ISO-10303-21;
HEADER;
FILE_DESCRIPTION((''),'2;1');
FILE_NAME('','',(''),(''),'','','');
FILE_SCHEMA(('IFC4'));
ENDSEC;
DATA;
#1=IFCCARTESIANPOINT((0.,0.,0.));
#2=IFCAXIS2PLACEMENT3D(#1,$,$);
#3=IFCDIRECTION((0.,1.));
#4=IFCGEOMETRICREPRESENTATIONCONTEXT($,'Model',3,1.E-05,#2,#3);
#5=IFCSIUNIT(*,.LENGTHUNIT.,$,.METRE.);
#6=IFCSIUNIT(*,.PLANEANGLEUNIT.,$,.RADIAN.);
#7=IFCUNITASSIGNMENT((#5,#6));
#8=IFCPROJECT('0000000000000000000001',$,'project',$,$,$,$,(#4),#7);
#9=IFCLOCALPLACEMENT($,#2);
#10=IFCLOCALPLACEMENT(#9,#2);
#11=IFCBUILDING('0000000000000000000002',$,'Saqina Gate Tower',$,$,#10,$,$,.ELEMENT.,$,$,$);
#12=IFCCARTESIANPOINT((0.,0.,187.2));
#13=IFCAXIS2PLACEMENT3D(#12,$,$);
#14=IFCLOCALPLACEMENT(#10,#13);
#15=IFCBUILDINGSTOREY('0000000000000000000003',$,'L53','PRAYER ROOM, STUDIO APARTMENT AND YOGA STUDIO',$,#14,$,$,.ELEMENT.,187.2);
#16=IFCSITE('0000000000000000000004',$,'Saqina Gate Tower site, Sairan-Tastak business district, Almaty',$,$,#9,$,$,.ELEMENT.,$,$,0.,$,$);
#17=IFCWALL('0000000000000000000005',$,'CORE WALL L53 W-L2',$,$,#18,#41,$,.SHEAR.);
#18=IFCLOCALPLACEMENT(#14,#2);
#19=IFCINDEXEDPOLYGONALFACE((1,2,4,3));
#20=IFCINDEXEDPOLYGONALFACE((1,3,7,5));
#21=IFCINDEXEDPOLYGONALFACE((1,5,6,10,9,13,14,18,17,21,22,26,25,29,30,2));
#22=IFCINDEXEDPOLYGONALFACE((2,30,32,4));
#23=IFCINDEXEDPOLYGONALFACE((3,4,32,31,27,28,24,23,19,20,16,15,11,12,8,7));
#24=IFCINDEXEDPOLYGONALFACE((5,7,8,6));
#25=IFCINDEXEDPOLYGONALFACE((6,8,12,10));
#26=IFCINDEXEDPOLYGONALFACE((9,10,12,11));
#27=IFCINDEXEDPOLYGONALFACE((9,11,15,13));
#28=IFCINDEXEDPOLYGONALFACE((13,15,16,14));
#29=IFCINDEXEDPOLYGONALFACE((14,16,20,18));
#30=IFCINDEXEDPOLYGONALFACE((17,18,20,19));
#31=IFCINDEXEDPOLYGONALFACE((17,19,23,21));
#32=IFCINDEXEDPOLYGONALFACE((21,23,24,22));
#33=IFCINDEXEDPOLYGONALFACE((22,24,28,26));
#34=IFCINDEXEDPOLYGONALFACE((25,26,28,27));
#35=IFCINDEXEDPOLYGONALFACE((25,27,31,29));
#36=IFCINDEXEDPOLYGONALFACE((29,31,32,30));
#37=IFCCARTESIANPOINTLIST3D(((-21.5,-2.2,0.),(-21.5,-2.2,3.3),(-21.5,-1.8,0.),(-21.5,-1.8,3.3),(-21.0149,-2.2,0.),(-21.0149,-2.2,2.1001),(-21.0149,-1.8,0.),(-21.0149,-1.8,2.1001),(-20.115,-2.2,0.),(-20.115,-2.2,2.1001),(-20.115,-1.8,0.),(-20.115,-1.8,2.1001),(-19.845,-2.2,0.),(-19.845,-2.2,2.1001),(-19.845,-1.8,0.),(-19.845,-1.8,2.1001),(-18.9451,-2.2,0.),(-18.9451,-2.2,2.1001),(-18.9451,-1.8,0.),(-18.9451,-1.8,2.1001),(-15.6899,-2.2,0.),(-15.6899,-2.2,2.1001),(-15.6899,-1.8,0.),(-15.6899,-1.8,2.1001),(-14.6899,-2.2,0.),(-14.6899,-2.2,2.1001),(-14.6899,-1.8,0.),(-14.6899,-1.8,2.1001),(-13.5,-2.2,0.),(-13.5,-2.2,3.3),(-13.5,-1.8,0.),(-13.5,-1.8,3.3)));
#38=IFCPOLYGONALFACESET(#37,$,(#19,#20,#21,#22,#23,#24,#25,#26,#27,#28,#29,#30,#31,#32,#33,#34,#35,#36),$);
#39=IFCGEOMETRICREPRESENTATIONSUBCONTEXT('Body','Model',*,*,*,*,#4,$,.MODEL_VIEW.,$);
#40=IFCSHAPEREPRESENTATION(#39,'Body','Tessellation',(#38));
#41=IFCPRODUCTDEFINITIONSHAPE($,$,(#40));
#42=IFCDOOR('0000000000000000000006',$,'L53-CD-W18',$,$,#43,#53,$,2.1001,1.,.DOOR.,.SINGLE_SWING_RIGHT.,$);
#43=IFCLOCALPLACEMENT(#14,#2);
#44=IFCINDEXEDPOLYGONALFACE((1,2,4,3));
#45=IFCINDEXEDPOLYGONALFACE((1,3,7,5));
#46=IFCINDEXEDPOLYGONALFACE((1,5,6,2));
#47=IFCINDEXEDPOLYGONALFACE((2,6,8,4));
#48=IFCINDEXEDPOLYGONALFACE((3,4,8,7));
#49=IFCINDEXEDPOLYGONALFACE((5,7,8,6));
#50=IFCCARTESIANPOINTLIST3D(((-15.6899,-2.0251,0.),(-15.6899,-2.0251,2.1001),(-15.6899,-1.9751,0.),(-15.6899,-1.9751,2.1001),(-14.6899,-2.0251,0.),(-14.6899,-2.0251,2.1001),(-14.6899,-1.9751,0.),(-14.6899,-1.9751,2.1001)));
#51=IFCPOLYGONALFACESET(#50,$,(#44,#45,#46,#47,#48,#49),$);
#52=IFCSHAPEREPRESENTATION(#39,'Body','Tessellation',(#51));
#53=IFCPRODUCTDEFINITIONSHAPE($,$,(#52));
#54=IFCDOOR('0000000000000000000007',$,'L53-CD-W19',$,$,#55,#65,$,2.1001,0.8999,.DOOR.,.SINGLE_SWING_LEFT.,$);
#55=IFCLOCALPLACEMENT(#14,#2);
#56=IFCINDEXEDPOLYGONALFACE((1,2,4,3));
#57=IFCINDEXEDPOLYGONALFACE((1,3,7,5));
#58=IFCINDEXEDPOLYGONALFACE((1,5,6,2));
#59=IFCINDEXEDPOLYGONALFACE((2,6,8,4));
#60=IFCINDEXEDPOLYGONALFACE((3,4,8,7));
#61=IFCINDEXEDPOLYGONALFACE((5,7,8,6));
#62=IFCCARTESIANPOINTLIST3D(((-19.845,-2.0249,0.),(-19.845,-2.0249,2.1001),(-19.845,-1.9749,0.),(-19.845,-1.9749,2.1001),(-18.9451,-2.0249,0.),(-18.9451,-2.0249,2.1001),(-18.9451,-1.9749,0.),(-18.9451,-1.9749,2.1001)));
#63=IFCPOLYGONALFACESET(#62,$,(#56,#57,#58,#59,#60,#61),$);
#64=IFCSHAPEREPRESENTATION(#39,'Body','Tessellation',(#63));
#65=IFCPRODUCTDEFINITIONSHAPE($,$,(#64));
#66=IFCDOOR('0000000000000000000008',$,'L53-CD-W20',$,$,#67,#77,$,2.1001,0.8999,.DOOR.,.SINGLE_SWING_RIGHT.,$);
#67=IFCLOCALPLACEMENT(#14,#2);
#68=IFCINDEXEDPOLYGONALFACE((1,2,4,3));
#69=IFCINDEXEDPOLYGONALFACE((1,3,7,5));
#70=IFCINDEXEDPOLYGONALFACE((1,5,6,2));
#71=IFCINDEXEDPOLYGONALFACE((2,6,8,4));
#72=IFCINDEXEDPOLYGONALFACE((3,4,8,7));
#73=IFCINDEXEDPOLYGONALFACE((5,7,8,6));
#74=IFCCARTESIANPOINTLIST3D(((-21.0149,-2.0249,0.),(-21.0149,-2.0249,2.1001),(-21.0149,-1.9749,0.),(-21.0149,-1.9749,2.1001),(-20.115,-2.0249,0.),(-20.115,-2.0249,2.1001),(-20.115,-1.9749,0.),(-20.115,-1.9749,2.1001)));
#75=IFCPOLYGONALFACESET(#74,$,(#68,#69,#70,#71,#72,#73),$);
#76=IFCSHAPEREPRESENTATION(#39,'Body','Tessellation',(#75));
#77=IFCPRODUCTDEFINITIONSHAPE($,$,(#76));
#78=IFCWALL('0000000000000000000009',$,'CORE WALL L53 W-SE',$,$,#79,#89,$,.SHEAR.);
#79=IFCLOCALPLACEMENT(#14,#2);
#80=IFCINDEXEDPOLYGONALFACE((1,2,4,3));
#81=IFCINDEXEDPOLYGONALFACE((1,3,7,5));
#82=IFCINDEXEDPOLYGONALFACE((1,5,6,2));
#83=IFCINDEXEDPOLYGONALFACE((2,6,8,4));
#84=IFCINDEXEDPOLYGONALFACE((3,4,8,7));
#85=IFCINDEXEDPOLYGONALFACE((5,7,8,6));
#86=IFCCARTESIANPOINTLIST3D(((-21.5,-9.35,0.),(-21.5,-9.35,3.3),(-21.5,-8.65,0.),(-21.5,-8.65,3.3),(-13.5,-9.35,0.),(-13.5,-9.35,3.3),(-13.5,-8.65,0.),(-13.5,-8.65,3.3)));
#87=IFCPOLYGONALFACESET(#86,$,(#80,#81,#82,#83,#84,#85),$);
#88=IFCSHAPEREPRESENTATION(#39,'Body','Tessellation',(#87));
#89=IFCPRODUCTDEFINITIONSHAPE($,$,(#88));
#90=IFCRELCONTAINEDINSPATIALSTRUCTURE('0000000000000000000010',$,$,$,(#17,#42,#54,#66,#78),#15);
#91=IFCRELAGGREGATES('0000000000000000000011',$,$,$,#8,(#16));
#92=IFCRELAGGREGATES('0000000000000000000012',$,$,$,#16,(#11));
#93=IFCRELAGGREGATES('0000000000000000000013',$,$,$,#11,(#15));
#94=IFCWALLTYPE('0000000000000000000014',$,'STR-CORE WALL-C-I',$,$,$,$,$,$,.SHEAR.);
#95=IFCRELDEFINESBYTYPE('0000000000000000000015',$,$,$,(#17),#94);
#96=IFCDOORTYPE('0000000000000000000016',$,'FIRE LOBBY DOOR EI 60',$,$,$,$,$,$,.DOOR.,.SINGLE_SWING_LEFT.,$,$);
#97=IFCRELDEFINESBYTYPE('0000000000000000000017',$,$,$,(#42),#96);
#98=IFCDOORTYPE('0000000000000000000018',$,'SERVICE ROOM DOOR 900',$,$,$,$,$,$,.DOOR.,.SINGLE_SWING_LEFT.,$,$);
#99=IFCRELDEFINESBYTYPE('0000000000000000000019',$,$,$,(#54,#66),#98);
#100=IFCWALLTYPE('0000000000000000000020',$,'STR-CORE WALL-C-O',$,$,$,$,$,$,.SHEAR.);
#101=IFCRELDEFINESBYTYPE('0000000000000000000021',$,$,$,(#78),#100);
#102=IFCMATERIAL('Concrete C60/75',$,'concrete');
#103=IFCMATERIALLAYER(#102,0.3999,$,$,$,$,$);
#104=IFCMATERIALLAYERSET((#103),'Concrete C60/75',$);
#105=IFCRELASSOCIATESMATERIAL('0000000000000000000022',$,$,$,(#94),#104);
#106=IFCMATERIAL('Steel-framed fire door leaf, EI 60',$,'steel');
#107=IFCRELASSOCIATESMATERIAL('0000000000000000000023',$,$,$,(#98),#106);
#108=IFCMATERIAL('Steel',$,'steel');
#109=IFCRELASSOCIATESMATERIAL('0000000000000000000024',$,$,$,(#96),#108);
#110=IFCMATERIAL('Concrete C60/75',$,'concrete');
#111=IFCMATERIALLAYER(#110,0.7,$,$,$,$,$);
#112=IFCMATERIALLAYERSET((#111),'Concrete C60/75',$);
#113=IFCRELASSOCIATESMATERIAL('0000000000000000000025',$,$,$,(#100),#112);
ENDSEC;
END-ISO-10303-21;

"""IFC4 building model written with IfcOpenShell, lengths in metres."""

from ifc_helpers import new_model, si_unit, direction, frame, frame_2d, origin, place, context, subcontext, project, spatial, rectangle, extrude, material, layer, layer_set, type_object, element, fill, save


model = new_model("IFC4")

# Units and contexts
model_context = context("Model", 3, precision=1e-05, world=origin(), true_north=direction((0.0, 1.0)))
body_context = subcontext(model_context, "Body", "Model", "MODEL_VIEW")
ifc_project = project(units=[si_unit("LENGTHUNIT", "METRE"), si_unit("PLANEANGLEUNIT", "RADIAN")], contexts=[model_context])

# Site, building, storey
site_placement = place(None, origin())
site = spatial("IfcSite", under=ifc_project, at=site_placement, Name="Saqina Gate Tower site, Sairan-Tastak business district, Almaty", CompositionType="ELEMENT", RefElevation=0.0)
building_placement = place(site_placement, origin())
building = spatial("IfcBuilding", under=site, at=building_placement, Name="Saqina Gate Tower", CompositionType="ELEMENT")
storey_placement = place(building_placement, frame((0.0, 0.0, 187.2)))
storey = spatial("IfcBuildingStorey", under=building, at=storey_placement, Name="L53", Description="PRAYER ROOM, STUDIO APARTMENT AND YOGA STUDIO", CompositionType="ELEMENT", Elevation=187.2)

# Wall, openings, doors
ifc_material_1 = material(Name="Concrete C60/75", Category="concrete")
ifc_layer_1 = layer(ifc_material_1, 0.3999)
ifc_layer_set_1 = layer_set([ifc_layer_1], Name="Concrete C60/75")
wall_type_1 = type_object("IfcWallType", Name="STR-CORE WALL-C-I", PredefinedType="SHEAR", material=ifc_layer_set_1)
ifc_material_2 = material(Name="Steel-framed fire door leaf, EI 60", Category="steel")
door_type_1 = type_object("IfcDoorType", Name="SERVICE ROOM DOOR 900", OperationType="SINGLE_SWING_LEFT", PredefinedType="DOOR", material=ifc_material_2)
wall_1_placement = place(storey_placement, frame((-13.5, -2.0, 0.0), z_axis=(0.0, 0.0, 1.0), x_axis=(-1.0, 0.0, 0.0)))
wall_1 = element("IfcWall", 1, at=wall_1_placement, inside=storey, type_object=wall_type_1, Name="CORE WALL L53 W-L2", PredefinedType="SHEAR", context=body_context, shape_type="SweptSolid", body=[
    extrude(rectangle(XDim=8.0, YDim=0.3999, at=frame_2d((4.0, 0.0))), origin(), (0.0, 0.0, 1.0), 3.3),
])
opening_1_placement = place(wall_1_placement, frame((1.1899, 0.0, 0.0)))
opening_1 = element("IfcOpeningElement", 2, at=opening_1_placement, cuts=wall_1, PredefinedType="OPENING", context=body_context, shape_type="SweptSolid", body=[
    extrude(rectangle(XDim=1.0, YDim=2.1001, at=frame_2d((0.5, 1.05))), frame((0.0, 0.2119, 0.0), z_axis=(0.0, -1.0, 0.0), x_axis=(1.0, 0.0, 0.0)), (0.0, 0.0, 1.0), 0.4238),
])
opening_2_placement = place(wall_1_placement, frame((5.4451, 0.0, 0.0)))
opening_2 = element("IfcOpeningElement", 3, at=opening_2_placement, cuts=wall_1, PredefinedType="OPENING", context=body_context, shape_type="SweptSolid", body=[
    extrude(rectangle(XDim=0.8999, YDim=2.1001, at=frame_2d((0.45, 1.05))), frame((0.0, 0.2119, 0.0), z_axis=(0.0, -1.0, 0.0), x_axis=(1.0, 0.0, 0.0)), (0.0, 0.0, 1.0), 0.4238),
])
opening_3_placement = place(wall_1_placement, frame((6.615, 0.0, 0.0)))
opening_3 = element("IfcOpeningElement", 4, at=opening_3_placement, cuts=wall_1, PredefinedType="OPENING", context=body_context, shape_type="SweptSolid", body=[
    extrude(rectangle(XDim=0.8999, YDim=2.1001, at=frame_2d((0.45, 1.05))), frame((0.0, 0.2119, 0.0), z_axis=(0.0, -1.0, 0.0), x_axis=(1.0, 0.0, 0.0)), (0.0, 0.0, 1.0), 0.4238),
])
ifc_material_3 = material(Name="Steel", Category="steel")
door_type_2 = type_object("IfcDoorType", Name="FIRE LOBBY DOOR EI 60", OperationType="SINGLE_SWING_LEFT", PredefinedType="DOOR", material=ifc_material_3)
door_1_placement = place(opening_1_placement, frame((1.0, 0.0, 0.0), z_axis=(0.0, 0.0, 1.0), x_axis=(-1.0, 0.0, 0.0)))
door_1 = element("IfcDoor", 5, at=door_1_placement, inside=storey, type_object=door_type_2, Name="L53-CD-W18", OperationType="SINGLE_SWING_RIGHT", OverallHeight=2.1001, OverallWidth=1.0, PredefinedType="DOOR", context=body_context, shape_type="SweptSolid", body=[
    extrude(rectangle(XDim=1.0, YDim=2.1001, at=frame_2d((0.5, 1.05))), frame((0.0, 0.0249, 0.0), z_axis=(0.0, -1.0, 0.0), x_axis=(1.0, 0.0, 0.0)), (0.0, 0.0, 1.0), 0.05),
])
fill(opening_1, door_1)
door_2_placement = place(opening_2_placement, origin())
door_2 = element("IfcDoor", 6, at=door_2_placement, inside=storey, type_object=door_type_1, Name="L53-CD-W19", OperationType="SINGLE_SWING_LEFT", OverallHeight=2.1001, OverallWidth=0.8999, PredefinedType="DOOR", context=body_context, shape_type="SweptSolid", body=[
    extrude(rectangle(XDim=0.8999, YDim=2.1001, at=frame_2d((0.45, 1.05))), frame((0.0, 0.0249, 0.0), z_axis=(0.0, -1.0, 0.0), x_axis=(1.0, 0.0, 0.0)), (0.0, 0.0, 1.0), 0.05),
])
fill(opening_2, door_2)
door_3_placement = place(opening_3_placement, origin())
door_3 = element("IfcDoor", 7, at=door_3_placement, inside=storey, type_object=door_type_1, Name="L53-CD-W20", OperationType="SINGLE_SWING_RIGHT", OverallHeight=2.1001, OverallWidth=0.8999, PredefinedType="DOOR", context=body_context, shape_type="SweptSolid", body=[
    extrude(rectangle(XDim=0.8999, YDim=2.1001, at=frame_2d((0.45, 1.05))), frame((0.0, 0.0249, 0.0), z_axis=(0.0, -1.0, 0.0), x_axis=(1.0, 0.0, 0.0)), (0.0, 0.0, 1.0), 0.05),
])
fill(opening_3, door_3)
ifc_material_4 = material(Name="Concrete C60/75", Category="concrete")
ifc_layer_2 = layer(ifc_material_4, 0.7)
ifc_layer_set_2 = layer_set([ifc_layer_2], Name="Concrete C60/75")
wall_type_2 = type_object("IfcWallType", Name="STR-CORE WALL-C-O", PredefinedType="SHEAR", material=ifc_layer_set_2)

# Wall
wall_2_placement = place(storey_placement, frame((-13.5, -9.0, 0.0), z_axis=(0.0, 0.0, 1.0), x_axis=(-1.0, 0.0, 0.0)))
element("IfcWall", 8, at=wall_2_placement, inside=storey, type_object=wall_type_2, Name="CORE WALL L53 W-SE", PredefinedType="SHEAR", context=body_context, shape_type="SweptSolid", body=[
    extrude(rectangle(XDim=8.0, YDim=0.7, at=frame_2d((4.0, 0.0))), origin(), (0.0, 0.0, 1.0), 3.3),
])

save(model, "model.ifc")
